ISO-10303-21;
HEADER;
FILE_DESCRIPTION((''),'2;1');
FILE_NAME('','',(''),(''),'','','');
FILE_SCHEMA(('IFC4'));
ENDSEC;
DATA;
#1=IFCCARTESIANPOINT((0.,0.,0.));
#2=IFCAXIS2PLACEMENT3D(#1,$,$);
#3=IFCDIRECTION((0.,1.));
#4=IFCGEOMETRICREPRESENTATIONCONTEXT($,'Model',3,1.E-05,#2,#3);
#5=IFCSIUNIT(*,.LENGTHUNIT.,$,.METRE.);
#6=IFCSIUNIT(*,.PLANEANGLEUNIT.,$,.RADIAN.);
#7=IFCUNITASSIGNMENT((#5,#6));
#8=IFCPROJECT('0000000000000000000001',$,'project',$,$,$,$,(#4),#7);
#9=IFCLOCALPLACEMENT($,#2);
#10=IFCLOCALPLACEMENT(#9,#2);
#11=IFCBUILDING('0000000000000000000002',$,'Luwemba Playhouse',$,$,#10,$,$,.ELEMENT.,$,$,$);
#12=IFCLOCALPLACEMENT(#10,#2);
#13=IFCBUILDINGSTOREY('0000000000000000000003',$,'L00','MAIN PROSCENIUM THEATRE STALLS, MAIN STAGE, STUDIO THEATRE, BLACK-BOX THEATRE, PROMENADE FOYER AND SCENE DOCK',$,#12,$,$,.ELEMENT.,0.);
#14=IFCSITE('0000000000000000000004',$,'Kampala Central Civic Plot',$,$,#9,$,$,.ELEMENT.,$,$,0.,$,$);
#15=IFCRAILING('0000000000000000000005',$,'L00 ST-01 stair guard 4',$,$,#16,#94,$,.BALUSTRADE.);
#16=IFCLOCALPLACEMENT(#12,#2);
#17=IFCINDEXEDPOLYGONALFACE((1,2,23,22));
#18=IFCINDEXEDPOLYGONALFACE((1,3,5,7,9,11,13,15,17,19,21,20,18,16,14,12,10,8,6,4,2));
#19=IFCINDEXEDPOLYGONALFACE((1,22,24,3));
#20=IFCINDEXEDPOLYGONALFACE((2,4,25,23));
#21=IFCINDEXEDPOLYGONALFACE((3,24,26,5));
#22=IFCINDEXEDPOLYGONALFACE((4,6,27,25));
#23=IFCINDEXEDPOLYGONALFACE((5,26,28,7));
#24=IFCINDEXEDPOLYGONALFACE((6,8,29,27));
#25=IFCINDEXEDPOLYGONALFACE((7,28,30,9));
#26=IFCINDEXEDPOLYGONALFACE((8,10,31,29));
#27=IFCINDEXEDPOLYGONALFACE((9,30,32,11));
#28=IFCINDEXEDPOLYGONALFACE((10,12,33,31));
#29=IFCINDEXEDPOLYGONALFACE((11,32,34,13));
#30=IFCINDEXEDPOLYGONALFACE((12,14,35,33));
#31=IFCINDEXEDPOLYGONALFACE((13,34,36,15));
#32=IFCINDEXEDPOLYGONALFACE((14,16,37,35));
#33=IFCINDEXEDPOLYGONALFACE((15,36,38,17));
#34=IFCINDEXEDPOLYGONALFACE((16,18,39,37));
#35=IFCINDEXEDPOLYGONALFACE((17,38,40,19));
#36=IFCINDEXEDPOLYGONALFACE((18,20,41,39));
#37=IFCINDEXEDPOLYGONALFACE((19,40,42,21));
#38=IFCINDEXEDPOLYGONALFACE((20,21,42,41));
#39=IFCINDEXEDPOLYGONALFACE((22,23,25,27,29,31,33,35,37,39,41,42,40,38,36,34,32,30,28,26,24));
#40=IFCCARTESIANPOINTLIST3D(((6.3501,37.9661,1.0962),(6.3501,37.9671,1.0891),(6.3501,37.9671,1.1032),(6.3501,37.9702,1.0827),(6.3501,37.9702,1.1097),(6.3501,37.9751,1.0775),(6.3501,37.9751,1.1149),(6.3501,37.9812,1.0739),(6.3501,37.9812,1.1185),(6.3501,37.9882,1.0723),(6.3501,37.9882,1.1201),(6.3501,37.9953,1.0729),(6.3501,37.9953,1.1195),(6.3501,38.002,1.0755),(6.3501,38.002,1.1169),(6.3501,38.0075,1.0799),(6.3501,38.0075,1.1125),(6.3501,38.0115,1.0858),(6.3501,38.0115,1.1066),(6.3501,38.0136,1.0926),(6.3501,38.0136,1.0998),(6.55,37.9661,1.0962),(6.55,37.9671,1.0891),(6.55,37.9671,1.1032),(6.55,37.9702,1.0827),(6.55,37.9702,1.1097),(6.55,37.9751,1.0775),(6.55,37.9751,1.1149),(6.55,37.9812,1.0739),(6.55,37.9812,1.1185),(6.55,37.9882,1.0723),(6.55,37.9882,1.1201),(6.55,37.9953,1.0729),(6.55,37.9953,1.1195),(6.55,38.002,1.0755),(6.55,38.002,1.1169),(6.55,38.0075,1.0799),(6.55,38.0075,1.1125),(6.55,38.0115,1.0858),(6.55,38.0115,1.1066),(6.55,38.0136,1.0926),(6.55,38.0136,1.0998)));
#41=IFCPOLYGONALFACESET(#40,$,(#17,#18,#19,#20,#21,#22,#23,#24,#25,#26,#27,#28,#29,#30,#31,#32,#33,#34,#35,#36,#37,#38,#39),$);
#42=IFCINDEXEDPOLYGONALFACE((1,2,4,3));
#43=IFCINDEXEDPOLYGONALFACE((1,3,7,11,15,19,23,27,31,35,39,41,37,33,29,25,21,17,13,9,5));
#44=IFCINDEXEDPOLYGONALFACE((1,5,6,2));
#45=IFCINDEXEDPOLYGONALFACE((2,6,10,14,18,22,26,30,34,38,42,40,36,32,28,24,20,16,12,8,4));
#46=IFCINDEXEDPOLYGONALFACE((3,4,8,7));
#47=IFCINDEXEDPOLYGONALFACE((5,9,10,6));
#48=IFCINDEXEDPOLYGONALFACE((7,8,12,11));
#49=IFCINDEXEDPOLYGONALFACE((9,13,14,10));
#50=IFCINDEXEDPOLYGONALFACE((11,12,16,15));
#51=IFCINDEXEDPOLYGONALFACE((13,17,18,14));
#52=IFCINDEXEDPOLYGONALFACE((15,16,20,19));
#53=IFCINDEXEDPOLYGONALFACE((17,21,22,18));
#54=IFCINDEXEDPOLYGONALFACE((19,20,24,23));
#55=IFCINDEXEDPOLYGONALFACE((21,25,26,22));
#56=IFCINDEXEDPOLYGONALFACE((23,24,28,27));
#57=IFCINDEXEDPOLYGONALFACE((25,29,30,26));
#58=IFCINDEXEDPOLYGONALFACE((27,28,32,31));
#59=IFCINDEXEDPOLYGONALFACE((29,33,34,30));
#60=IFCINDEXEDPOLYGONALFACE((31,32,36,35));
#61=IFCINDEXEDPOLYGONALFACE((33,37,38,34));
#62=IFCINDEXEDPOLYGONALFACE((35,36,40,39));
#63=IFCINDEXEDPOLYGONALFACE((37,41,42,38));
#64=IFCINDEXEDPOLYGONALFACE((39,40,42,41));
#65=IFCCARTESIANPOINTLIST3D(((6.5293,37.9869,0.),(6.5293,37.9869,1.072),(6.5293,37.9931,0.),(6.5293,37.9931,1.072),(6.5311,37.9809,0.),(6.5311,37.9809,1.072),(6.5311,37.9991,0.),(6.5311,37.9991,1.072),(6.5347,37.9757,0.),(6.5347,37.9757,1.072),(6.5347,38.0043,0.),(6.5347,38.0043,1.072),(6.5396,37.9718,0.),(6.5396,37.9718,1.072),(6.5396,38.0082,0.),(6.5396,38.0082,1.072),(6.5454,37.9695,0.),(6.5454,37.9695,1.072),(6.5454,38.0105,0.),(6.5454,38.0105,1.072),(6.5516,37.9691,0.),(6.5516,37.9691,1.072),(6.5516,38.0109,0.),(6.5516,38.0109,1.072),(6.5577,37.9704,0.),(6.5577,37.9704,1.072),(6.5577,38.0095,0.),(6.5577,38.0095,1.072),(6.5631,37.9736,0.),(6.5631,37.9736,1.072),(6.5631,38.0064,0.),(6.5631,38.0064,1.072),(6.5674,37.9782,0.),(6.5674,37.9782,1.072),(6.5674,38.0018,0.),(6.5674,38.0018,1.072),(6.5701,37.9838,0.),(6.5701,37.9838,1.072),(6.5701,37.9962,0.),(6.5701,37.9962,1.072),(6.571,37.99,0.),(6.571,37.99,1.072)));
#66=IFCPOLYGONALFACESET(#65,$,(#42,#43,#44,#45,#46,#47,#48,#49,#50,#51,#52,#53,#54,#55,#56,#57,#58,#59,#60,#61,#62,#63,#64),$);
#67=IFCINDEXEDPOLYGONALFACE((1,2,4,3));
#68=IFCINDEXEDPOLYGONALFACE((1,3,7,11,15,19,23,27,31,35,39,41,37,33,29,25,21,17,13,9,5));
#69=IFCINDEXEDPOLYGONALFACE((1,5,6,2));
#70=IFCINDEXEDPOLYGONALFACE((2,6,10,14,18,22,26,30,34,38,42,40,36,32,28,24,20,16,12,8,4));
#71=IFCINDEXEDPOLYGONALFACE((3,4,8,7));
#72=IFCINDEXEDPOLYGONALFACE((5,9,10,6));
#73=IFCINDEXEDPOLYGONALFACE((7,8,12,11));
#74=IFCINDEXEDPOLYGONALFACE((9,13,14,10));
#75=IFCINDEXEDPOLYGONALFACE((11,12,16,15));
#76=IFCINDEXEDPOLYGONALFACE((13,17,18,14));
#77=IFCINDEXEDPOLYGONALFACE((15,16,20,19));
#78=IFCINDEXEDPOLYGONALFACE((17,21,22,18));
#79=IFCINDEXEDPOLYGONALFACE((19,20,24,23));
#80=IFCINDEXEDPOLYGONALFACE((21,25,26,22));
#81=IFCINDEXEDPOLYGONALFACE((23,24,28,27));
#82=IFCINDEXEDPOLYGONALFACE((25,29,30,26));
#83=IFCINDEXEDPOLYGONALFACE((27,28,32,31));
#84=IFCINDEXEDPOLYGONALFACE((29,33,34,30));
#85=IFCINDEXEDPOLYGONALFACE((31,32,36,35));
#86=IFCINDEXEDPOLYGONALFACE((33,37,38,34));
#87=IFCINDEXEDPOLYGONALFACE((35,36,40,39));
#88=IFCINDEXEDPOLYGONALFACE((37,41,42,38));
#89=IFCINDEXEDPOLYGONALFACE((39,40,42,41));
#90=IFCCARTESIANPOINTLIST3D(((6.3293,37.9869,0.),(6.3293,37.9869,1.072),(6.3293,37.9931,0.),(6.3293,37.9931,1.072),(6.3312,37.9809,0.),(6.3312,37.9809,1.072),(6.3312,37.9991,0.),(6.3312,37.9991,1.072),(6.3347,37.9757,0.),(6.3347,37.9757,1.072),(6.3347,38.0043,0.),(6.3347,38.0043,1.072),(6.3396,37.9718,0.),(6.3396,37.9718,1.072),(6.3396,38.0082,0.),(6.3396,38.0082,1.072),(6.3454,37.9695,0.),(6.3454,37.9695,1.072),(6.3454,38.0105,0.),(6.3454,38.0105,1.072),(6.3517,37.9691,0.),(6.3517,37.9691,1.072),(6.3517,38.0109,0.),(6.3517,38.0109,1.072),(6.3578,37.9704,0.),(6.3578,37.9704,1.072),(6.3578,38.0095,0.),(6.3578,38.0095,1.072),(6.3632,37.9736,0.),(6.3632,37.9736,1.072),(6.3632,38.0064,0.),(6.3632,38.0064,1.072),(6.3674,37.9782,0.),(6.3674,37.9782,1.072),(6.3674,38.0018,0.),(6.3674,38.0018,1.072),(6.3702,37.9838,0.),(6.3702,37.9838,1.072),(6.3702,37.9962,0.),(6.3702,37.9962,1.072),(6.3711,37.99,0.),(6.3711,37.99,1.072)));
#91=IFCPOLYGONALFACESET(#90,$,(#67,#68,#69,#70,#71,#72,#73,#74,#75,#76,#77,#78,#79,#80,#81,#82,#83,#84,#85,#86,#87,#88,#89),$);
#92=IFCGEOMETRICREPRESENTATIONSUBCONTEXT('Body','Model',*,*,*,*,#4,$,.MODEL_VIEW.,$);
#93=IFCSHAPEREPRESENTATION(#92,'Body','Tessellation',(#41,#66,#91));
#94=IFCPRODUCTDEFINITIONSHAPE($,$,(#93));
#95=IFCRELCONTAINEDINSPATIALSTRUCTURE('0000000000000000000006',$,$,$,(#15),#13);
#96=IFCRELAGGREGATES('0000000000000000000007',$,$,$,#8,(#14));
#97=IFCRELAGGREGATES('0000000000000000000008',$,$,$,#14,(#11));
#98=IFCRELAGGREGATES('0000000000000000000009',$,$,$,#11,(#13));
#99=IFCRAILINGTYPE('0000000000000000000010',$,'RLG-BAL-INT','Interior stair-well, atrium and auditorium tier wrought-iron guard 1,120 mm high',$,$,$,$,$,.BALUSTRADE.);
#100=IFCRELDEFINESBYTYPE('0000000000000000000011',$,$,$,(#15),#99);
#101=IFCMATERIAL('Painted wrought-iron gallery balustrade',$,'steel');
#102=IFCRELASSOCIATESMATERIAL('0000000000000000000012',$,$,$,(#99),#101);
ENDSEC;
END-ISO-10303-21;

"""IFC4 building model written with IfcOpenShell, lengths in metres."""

from ifc_helpers import new_model, si_unit, direction, frame, origin, origin_2d, place, context, subcontext, project, spatial, circle, extrude, material, type_object, element, save


model = new_model("IFC4")

# Units and contexts
model_context = context("Model", 3, precision=1e-05, world=origin(), true_north=direction((0.0, 1.0)))
body_context = subcontext(model_context, "Body", "Model", "MODEL_VIEW")
ifc_project = project(units=[si_unit("LENGTHUNIT", "METRE"), si_unit("PLANEANGLEUNIT", "RADIAN")], contexts=[model_context])

# Site, building, storey
site_placement = place(None, origin())
site = spatial("IfcSite", under=ifc_project, at=site_placement, Name="Kampala Central Civic Plot", CompositionType="ELEMENT", RefElevation=0.0)
building_placement = place(site_placement, origin())
building = spatial("IfcBuilding", under=site, at=building_placement, Name="Luwemba Playhouse", CompositionType="ELEMENT")
storey_placement = place(building_placement, origin())
storey = spatial("IfcBuildingStorey", under=building, at=storey_placement, Name="L00", Description="MAIN PROSCENIUM THEATRE STALLS, MAIN STAGE, STUDIO THEATRE, BLACK-BOX THEATRE, PROMENADE FOYER AND SCENE DOCK", CompositionType="ELEMENT", Elevation=0.0)

# Railing
ifc_material_1 = material(Name="Painted wrought-iron gallery balustrade", Category="steel")
railing_type_1 = type_object("IfcRailingType", Name="RLG-BAL-INT", Description="Interior stair-well, atrium and auditorium tier wrought-iron guard 1,120 mm high", PredefinedType="BALUSTRADE", material=ifc_material_1)
railing_1_placement = place(storey_placement, frame((6.55, 37.99, 0.0)))
element("IfcRailing", 1, at=railing_1_placement, inside=storey, type_object=railing_type_1, Name="L00 ST-01 stair guard 4", PredefinedType="BALUSTRADE", context=body_context, shape_type="SweptSolid", body=[
    extrude(circle(Radius=0.0239, at=origin_2d()), frame((0.0, 0.0, 1.0962), z_axis=(-1.0, 0.0, 0.0), x_axis=(0.0, -1.0, 0.0)), (0.0, 0.0, 1.0), 0.2),
    extrude(circle(Radius=0.021, at=origin_2d()), origin(), (0.0, 0.0, 1.0), 1.072),
    extrude(circle(Radius=0.021, at=origin_2d()), frame((-0.2, 0.0, 0.0)), (0.0, 0.0, 1.0), 1.072),
])

save(model, "model.ifc")
